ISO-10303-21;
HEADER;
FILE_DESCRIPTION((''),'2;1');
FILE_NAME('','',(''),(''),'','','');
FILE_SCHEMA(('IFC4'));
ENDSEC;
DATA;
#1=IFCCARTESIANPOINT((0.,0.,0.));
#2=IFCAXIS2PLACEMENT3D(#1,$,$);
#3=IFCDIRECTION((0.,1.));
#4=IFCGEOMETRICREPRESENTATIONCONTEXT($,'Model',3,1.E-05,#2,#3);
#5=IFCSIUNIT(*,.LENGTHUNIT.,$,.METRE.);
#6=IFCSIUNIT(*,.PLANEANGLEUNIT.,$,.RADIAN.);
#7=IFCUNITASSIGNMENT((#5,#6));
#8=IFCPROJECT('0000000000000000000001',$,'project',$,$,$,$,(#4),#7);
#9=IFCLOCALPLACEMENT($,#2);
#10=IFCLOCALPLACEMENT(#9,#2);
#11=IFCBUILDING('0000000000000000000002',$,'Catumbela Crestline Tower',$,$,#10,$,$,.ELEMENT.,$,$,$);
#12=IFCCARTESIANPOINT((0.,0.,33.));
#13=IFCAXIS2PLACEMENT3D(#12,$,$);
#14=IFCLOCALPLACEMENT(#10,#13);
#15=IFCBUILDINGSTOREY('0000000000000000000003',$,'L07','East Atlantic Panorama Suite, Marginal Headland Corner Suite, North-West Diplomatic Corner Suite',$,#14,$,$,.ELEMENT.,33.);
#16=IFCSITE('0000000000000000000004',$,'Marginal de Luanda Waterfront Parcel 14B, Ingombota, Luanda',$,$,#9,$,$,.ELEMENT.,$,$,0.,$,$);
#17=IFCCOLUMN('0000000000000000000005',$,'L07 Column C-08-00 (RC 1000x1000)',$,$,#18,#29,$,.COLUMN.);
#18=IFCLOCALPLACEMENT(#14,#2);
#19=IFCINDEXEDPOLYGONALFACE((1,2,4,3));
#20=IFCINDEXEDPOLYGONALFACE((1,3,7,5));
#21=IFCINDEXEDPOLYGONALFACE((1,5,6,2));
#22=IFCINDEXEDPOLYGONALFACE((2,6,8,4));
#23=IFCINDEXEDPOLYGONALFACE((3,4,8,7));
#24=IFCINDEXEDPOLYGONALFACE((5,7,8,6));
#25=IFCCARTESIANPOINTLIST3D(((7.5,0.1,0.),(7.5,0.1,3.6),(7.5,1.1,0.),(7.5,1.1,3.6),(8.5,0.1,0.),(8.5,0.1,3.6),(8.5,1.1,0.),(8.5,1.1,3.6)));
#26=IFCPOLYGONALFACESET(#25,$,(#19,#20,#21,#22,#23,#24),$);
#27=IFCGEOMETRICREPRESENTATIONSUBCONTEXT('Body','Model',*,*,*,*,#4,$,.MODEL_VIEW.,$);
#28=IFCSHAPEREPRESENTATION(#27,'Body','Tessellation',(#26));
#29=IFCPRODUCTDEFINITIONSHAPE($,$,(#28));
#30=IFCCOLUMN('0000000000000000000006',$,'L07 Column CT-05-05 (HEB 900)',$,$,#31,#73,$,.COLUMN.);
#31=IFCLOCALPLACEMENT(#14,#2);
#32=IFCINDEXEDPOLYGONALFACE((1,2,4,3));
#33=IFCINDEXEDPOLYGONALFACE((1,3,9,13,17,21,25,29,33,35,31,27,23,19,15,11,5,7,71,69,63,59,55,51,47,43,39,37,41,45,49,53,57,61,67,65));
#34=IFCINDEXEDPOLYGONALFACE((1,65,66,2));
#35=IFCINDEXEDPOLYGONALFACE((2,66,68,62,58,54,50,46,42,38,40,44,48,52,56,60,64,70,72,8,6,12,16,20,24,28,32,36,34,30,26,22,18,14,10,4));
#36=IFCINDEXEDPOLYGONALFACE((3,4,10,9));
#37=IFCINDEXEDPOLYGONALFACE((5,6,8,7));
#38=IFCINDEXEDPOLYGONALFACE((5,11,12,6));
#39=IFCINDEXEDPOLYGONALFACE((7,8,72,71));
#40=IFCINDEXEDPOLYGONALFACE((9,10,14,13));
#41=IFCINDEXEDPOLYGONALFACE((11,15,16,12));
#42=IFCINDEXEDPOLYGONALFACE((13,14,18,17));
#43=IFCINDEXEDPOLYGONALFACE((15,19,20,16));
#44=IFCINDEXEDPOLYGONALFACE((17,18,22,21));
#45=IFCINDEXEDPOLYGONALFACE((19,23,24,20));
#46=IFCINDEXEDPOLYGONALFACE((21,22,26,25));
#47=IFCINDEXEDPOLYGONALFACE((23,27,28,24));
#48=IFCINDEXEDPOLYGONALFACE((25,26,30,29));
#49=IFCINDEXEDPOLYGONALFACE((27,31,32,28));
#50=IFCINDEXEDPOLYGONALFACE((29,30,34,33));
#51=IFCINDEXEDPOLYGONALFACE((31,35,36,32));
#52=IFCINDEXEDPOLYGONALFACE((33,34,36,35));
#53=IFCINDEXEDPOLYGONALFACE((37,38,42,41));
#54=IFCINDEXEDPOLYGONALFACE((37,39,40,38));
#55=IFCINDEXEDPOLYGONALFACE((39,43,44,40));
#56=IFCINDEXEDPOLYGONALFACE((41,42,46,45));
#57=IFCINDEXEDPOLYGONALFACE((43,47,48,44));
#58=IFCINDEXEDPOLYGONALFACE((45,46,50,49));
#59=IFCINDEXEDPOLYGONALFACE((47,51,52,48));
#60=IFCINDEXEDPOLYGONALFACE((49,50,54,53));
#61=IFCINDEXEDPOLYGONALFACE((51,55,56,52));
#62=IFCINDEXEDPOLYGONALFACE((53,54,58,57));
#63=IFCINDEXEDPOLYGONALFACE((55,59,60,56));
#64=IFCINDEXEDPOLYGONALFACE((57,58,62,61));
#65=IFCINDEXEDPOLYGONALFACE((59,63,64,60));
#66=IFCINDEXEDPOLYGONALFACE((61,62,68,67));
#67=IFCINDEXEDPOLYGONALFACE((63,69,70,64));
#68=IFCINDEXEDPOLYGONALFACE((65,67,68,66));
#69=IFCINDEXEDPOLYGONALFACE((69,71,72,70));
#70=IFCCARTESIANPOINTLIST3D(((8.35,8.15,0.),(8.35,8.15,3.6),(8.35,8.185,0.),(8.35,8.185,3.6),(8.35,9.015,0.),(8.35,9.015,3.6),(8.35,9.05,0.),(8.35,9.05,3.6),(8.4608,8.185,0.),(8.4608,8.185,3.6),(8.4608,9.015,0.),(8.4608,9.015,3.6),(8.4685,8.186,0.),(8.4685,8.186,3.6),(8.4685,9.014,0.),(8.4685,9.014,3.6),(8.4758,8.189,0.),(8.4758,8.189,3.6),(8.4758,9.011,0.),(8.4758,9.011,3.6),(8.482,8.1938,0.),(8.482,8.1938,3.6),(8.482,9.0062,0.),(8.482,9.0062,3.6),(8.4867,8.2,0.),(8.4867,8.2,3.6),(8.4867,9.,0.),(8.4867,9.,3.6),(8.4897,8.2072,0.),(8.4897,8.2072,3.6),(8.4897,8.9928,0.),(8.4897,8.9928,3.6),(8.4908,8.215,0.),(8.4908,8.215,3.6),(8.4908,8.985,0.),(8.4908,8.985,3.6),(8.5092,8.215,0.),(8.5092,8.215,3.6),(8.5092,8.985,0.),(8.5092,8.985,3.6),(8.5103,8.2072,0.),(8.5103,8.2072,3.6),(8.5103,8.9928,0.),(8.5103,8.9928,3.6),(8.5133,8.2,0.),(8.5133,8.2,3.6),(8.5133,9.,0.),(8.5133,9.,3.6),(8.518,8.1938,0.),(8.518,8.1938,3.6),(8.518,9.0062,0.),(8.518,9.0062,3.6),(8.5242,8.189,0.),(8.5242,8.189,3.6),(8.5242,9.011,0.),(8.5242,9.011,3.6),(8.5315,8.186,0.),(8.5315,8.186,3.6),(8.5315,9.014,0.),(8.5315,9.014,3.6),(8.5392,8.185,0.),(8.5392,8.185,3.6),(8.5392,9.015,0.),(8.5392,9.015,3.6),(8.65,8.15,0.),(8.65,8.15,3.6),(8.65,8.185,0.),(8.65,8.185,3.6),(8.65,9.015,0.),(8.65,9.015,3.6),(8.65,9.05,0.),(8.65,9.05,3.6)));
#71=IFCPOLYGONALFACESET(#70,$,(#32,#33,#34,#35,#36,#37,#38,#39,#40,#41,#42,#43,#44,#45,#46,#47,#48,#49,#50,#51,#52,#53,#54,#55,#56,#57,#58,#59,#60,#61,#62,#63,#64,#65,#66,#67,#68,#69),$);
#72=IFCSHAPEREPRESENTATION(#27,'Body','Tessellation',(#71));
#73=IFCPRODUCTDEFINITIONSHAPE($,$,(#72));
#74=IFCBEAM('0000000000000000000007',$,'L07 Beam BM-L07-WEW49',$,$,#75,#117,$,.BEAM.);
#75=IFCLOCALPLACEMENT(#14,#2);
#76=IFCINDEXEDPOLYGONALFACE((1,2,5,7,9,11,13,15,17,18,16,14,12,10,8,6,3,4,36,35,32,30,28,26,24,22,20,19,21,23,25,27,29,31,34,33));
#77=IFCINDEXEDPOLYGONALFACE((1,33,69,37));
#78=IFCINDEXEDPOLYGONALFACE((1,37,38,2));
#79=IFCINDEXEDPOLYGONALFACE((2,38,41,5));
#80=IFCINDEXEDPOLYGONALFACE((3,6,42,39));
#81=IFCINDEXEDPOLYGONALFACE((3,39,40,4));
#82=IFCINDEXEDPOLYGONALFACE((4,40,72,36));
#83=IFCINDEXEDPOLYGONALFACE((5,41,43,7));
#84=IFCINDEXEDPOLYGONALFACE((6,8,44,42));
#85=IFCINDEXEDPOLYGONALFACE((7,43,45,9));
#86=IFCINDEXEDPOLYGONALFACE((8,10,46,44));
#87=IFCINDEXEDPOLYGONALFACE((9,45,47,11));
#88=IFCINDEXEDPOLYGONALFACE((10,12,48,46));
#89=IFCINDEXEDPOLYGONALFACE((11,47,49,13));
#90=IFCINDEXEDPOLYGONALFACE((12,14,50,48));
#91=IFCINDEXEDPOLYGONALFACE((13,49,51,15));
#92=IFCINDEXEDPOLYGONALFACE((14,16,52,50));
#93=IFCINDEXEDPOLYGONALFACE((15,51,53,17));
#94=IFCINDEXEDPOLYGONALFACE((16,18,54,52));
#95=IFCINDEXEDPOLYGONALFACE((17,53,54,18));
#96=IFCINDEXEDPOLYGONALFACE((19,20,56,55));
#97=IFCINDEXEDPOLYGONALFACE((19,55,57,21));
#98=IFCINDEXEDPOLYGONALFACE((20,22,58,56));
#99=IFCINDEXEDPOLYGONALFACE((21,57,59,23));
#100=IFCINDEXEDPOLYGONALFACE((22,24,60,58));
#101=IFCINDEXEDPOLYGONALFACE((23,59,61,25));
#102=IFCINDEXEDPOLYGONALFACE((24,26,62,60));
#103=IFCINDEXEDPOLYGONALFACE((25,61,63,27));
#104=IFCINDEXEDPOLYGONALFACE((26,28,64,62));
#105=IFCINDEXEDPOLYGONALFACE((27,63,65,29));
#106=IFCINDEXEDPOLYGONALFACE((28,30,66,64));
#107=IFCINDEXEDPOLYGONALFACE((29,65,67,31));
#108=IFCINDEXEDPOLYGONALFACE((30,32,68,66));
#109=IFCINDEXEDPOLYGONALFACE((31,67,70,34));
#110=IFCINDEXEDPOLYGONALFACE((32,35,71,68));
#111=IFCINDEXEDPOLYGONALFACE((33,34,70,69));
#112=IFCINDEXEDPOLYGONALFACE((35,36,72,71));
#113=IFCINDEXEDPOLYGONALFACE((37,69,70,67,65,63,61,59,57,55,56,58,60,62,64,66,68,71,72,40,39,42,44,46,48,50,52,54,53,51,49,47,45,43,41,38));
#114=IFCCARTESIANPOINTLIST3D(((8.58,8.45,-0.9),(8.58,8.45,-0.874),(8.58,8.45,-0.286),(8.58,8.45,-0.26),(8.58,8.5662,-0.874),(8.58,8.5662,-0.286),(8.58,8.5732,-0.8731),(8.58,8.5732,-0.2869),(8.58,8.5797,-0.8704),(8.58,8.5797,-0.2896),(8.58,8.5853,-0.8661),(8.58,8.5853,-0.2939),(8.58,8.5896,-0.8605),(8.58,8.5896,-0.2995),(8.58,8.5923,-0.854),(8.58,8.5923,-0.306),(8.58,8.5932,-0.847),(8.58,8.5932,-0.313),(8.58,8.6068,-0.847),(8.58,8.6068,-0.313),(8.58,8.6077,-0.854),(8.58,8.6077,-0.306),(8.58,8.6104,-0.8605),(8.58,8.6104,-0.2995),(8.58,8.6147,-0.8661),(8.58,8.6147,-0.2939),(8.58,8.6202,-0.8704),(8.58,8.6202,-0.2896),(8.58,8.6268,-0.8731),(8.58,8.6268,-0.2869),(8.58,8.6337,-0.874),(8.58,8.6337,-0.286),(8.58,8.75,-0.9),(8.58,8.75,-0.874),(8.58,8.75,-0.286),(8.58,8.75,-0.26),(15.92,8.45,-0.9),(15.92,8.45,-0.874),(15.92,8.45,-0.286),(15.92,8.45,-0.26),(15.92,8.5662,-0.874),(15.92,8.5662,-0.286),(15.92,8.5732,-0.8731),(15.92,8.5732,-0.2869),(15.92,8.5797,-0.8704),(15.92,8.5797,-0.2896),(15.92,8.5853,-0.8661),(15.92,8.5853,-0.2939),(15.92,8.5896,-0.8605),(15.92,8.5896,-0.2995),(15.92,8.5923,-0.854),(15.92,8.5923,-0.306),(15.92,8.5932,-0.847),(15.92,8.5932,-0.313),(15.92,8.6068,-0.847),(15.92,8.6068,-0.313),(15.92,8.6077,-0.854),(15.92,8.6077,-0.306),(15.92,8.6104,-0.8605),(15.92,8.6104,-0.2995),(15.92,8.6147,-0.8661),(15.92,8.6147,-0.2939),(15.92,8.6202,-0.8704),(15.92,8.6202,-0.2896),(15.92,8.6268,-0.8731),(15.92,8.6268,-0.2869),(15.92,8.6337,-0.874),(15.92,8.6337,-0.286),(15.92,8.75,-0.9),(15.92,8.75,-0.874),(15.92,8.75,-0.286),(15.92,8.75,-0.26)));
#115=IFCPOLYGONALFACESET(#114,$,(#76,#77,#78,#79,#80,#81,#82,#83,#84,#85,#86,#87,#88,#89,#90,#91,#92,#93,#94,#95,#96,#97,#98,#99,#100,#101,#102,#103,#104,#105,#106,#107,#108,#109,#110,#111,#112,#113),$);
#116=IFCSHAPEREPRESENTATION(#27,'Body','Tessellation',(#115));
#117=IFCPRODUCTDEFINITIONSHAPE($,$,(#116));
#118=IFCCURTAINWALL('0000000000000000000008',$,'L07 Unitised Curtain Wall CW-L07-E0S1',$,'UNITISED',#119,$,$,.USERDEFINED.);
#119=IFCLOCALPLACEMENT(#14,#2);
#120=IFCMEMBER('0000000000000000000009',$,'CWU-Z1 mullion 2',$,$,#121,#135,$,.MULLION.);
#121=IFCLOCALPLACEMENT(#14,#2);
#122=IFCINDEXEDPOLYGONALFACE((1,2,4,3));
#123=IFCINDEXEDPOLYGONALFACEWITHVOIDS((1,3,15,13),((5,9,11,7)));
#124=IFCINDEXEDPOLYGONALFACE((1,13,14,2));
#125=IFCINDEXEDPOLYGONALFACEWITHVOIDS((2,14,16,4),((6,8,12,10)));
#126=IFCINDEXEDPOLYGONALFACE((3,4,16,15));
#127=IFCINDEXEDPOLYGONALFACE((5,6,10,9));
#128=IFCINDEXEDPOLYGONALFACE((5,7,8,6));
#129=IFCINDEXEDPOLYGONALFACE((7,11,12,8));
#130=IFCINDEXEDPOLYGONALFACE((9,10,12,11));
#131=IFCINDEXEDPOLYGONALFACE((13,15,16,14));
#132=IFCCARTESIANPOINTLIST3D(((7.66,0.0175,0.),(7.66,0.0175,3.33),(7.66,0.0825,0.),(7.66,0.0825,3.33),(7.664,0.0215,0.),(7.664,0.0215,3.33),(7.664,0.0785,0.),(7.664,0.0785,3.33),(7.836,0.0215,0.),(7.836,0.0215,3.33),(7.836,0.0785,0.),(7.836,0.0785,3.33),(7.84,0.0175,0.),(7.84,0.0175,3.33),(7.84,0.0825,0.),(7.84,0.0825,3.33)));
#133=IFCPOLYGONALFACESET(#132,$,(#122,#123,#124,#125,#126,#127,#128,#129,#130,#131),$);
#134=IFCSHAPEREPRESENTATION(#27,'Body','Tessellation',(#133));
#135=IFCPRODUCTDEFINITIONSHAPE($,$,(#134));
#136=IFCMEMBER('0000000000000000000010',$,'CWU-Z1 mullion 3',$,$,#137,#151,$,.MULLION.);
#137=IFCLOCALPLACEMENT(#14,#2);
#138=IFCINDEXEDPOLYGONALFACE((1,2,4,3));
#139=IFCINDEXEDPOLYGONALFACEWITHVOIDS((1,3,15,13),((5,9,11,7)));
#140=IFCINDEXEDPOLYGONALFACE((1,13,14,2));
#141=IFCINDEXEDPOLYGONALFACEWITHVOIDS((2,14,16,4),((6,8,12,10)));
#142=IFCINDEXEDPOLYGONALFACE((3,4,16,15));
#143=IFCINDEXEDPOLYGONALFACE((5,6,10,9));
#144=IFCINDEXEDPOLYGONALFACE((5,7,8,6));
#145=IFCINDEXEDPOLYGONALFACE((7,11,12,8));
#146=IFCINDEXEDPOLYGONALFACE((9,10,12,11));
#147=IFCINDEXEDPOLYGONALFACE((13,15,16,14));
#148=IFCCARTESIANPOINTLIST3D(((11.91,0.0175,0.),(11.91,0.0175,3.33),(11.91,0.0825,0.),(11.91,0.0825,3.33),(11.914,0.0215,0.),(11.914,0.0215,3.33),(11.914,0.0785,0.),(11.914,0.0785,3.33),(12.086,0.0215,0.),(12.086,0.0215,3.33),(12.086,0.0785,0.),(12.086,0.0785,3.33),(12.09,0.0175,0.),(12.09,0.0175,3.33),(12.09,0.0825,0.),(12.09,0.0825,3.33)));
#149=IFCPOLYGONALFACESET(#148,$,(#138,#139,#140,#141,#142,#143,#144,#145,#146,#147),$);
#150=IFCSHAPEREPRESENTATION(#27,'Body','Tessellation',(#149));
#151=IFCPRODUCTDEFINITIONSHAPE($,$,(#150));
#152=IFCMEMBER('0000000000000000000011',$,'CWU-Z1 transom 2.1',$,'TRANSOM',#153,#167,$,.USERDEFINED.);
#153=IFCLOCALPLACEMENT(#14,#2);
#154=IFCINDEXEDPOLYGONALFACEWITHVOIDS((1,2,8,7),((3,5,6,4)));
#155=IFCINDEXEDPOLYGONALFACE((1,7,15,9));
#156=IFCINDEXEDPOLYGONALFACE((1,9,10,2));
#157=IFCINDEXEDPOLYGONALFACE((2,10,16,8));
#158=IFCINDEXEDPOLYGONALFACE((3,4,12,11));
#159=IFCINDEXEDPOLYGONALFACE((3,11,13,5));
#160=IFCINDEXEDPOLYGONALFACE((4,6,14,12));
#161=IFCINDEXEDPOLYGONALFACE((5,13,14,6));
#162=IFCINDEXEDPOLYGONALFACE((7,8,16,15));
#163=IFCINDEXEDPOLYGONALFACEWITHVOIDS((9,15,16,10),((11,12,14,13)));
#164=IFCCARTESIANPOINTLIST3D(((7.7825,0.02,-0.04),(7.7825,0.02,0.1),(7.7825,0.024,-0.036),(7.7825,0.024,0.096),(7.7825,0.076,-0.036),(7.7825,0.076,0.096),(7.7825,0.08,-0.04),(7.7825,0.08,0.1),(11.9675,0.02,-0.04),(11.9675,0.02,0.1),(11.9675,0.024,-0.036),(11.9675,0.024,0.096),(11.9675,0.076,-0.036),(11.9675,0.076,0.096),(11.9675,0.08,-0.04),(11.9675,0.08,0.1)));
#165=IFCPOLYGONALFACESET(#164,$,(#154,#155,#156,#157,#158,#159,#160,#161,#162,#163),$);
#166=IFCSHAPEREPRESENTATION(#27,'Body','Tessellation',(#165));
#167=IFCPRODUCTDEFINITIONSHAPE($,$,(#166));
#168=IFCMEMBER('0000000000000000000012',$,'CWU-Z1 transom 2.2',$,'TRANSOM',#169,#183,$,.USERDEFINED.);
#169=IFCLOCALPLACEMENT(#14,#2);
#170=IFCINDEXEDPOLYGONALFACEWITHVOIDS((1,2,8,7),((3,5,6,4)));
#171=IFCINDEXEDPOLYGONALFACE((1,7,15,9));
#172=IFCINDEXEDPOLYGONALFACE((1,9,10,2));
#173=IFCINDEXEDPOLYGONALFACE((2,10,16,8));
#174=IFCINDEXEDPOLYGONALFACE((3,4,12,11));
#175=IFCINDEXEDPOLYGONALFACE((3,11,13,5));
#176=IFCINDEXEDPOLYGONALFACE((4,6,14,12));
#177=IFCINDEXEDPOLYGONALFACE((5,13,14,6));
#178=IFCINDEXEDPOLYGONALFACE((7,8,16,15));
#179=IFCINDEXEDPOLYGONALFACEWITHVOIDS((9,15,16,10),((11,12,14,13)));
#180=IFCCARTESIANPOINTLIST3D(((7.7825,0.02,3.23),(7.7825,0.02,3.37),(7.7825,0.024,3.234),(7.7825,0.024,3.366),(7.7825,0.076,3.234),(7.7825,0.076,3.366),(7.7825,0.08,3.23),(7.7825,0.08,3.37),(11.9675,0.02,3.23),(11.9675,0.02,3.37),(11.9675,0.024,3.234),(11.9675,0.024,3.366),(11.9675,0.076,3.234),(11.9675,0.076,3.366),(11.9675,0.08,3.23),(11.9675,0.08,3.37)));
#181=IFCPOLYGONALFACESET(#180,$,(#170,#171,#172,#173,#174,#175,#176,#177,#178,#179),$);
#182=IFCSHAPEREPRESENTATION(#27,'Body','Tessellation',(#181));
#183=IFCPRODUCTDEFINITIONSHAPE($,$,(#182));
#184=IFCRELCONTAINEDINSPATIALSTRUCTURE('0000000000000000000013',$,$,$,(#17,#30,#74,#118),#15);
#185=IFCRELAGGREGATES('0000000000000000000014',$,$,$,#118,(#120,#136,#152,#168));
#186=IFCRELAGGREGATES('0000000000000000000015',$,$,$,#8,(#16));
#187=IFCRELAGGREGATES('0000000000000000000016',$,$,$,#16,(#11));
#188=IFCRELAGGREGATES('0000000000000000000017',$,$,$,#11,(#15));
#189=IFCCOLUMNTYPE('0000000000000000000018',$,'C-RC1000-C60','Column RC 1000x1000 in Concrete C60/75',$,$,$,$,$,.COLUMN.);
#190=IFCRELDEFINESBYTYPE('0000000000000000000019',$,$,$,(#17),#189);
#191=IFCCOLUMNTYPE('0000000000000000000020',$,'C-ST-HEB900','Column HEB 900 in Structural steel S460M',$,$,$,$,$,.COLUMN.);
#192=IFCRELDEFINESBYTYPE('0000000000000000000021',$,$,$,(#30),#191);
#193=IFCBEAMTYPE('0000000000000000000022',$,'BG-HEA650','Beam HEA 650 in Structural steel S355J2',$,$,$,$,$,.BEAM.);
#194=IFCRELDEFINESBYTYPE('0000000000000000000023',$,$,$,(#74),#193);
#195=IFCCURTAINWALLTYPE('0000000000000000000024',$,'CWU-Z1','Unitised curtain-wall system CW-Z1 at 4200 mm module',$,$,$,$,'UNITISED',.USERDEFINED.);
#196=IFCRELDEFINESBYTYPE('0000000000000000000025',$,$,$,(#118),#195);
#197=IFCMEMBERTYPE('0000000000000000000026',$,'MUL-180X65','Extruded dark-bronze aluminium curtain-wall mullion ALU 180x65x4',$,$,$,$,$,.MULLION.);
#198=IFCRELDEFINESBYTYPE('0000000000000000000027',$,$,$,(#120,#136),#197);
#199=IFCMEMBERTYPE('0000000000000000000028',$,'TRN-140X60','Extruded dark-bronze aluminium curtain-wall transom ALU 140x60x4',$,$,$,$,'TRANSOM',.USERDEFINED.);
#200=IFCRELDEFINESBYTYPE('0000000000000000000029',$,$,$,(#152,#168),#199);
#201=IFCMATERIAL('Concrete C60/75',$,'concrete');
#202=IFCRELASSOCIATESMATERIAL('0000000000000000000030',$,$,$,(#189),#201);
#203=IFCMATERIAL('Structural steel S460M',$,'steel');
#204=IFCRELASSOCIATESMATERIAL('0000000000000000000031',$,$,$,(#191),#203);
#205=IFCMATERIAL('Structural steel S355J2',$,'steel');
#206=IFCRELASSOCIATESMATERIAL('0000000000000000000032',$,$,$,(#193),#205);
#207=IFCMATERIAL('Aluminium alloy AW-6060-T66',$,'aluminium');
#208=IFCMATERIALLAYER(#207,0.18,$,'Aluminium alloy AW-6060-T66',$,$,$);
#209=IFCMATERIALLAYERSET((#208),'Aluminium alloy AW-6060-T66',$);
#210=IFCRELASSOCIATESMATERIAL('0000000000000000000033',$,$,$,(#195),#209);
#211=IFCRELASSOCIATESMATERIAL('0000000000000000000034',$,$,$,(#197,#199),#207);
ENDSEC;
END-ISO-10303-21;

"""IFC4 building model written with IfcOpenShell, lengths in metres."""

from ifc_helpers import new_model, si_unit, direction, frame, origin, origin_2d, place, context, subcontext, project, spatial, rectangle, hollow_rectangle, i_section, extrude, material, layer, layer_set, material_profile, profile_set, type_object, element, aggregate, save


model = new_model("IFC4")

# Units and contexts
model_context = context("Model", 3, precision=1e-05, world=origin(), true_north=direction((0.0, 1.0)))
body_context = subcontext(model_context, "Body", "Model", "MODEL_VIEW")
ifc_project = project(units=[si_unit("LENGTHUNIT", "METRE"), si_unit("PLANEANGLEUNIT", "RADIAN")], contexts=[model_context])

# Site, building, storey
site_placement = place(None, origin())
site = spatial("IfcSite", under=ifc_project, at=site_placement, Name="Marginal de Luanda Waterfront Parcel 14B, Ingombota, Luanda", CompositionType="ELEMENT", RefElevation=0.0)
building_placement = place(site_placement, origin())
building = spatial("IfcBuilding", under=site, at=building_placement, Name="Catumbela Crestline Tower", CompositionType="ELEMENT")
storey_placement = place(building_placement, frame((0.0, 0.0, 33.0)))
storey = spatial("IfcBuildingStorey", under=building, at=storey_placement, Name="L07", Description="East Atlantic Panorama Suite, Marginal Headland Corner Suite, North-West Diplomatic Corner Suite", CompositionType="ELEMENT", Elevation=33.0)

# Columns
ifc_material_1 = material(Name="Concrete C60/75", Category="concrete")
ifc_material_profile_1 = material_profile(ifc_material_1, rectangle(XDim=1.0, YDim=1.0, at=origin_2d()), Name="RC 1000x1000")
ifc_profile_set_1 = profile_set([ifc_material_profile_1], Name="Concrete C60/75")
column_type_1 = type_object("IfcColumnType", Name="C-RC1000-C60", Description="Column RC 1000x1000 in Concrete C60/75", PredefinedType="COLUMN", material=ifc_profile_set_1)
column_1_placement = place(storey_placement, frame((8.0, 0.6, 0.0), z_axis=(0.0, 0.0, 1.0), x_axis=(1.0, 0.0, 0.0)))
element("IfcColumn", 1, at=column_1_placement, inside=storey, type_object=column_type_1, Name="L07 Column C-08-00 (RC 1000x1000)", PredefinedType="COLUMN", context=body_context, shape_type="SweptSolid", body=[
    extrude(rectangle(XDim=1.0, YDim=1.0, at=origin_2d()), origin(), (0.0, 0.0, 1.0), 3.6),
])
ifc_material_2 = material(Name="Structural steel S460M", Category="steel")
ifc_material_profile_2 = material_profile(ifc_material_2, i_section(OverallWidth=0.3, OverallDepth=0.9, WebThickness=0.0185, FlangeThickness=0.035, FilletRadius=0.03, at=origin_2d()), Name="HEB 900")
ifc_profile_set_2 = profile_set([ifc_material_profile_2], Name="Structural steel S460M")
column_type_2 = type_object("IfcColumnType", Name="C-ST-HEB900", Description="Column HEB 900 in Structural steel S460M", PredefinedType="COLUMN", material=ifc_profile_set_2)
column_2_placement = place(storey_placement, frame((8.5, 8.6, 0.0), z_axis=(0.0, 0.0, 1.0), x_axis=(1.0, 0.0, 0.0)))
element("IfcColumn", 2, at=column_2_placement, inside=storey, type_object=column_type_2, Name="L07 Column CT-05-05 (HEB 900)", PredefinedType="COLUMN", context=body_context, shape_type="SweptSolid", body=[
    extrude(i_section(OverallWidth=0.3, OverallDepth=0.9, WebThickness=0.0185, FlangeThickness=0.035, FilletRadius=0.03, at=origin_2d()), origin(), (0.0, 0.0, 1.0), 3.6),
])

# Beam
ifc_material_3 = material(Name="Structural steel S355J2", Category="steel")
ifc_material_profile_3 = material_profile(ifc_material_3, i_section(OverallWidth=0.3, OverallDepth=0.64, WebThickness=0.0135, FlangeThickness=0.026, FilletRadius=0.027, at=origin_2d()), Name="HEA 650")
ifc_profile_set_3 = profile_set([ifc_material_profile_3], Name="Structural steel S355J2")
beam_type = type_object("IfcBeamType", Name="BG-HEA650", Description="Beam HEA 650 in Structural steel S355J2", PredefinedType="BEAM", material=ifc_profile_set_3)
beam_placement = place(storey_placement, frame((8.58, 8.6, -0.58), z_axis=(1.0, 0.0, 0.0), x_axis=(0.0, 1.0, 0.0)))
element("IfcBeam", 3, at=beam_placement, inside=storey, type_object=beam_type, Name="L07 Beam BM-L07-WEW49", PredefinedType="BEAM", context=body_context, shape_type="SweptSolid", body=[
    extrude(i_section(OverallWidth=0.3, OverallDepth=0.64, WebThickness=0.0135, FlangeThickness=0.026, FilletRadius=0.027, at=origin_2d()), origin(), (0.0, 0.0, 1.0), 7.34),
])

# Curtain wall, members
ifc_material_4 = material(Name="Aluminium alloy AW-6060-T66", Category="aluminium")
ifc_layer_1 = layer(ifc_material_4, 0.18, Name="Aluminium alloy AW-6060-T66")
ifc_layer_set_1 = layer_set([ifc_layer_1], Name="Aluminium alloy AW-6060-T66")
curtain_wall_type = type_object("IfcCurtainWallType", Name="CWU-Z1", Description="Unitised curtain-wall system CW-Z1 at 4200 mm module", ElementType="UNITISED", PredefinedType="USERDEFINED", material=ifc_layer_set_1)
curtain_wall_placement = place(storey_placement, origin())
curtain_wall = element("IfcCurtainWall", 4, at=curtain_wall_placement, inside=storey, type_object=curtain_wall_type, Name="L07 Unitised Curtain Wall CW-L07-E0S1", ObjectType="UNITISED", PredefinedType="USERDEFINED")
ifc_material_profile_4 = material_profile(ifc_material_4, hollow_rectangle(XDim=0.065, YDim=0.18, WallThickness=0.004, at=origin_2d()), Name="ALU 180x65x4")
ifc_profile_set_4 = profile_set([ifc_material_profile_4], Name="Aluminium alloy AW-6060-T66")
member_type_1 = type_object("IfcMemberType", Name="MUL-180X65", Description="Extruded dark-bronze aluminium curtain-wall mullion ALU 180x65x4", PredefinedType="MULLION", material=ifc_profile_set_4)
member_1_placement = place(storey_placement, frame((7.75, 0.05, 0.0), z_axis=(0.0, 0.0, 1.0), x_axis=(0.0, 1.0, 0.0)))
member_1 = element("IfcMember", 5, at=member_1_placement, type_object=member_type_1, Name="CWU-Z1 mullion 2", PredefinedType="MULLION", context=body_context, shape_type="SweptSolid", body=[
    extrude(hollow_rectangle(XDim=0.065, YDim=0.18, WallThickness=0.004, at=origin_2d()), origin(), (0.0, 0.0, 1.0), 3.33),
])
member_2_placement = place(storey_placement, frame((12.0, 0.05, 0.0), z_axis=(0.0, 0.0, 1.0), x_axis=(0.0, 1.0, 0.0)))
member_2 = element("IfcMember", 6, at=member_2_placement, type_object=member_type_1, Name="CWU-Z1 mullion 3", PredefinedType="MULLION", context=body_context, shape_type="SweptSolid", body=[
    extrude(hollow_rectangle(XDim=0.065, YDim=0.18, WallThickness=0.004, at=origin_2d()), origin(), (0.0, 0.0, 1.0), 3.33),
])
ifc_material_profile_5 = material_profile(ifc_material_4, hollow_rectangle(XDim=0.06, YDim=0.14, WallThickness=0.004, at=origin_2d()), Name="ALU 140x60x4")
ifc_profile_set_5 = profile_set([ifc_material_profile_5], Name="Aluminium alloy AW-6060-T66")
member_type_2 = type_object("IfcMemberType", Name="TRN-140X60", Description="Extruded dark-bronze aluminium curtain-wall transom ALU 140x60x4", ElementType="TRANSOM", PredefinedType="USERDEFINED", material=ifc_profile_set_5)
member_3_placement = place(storey_placement, frame((7.7825, 0.05, 0.03), z_axis=(1.0, 0.0, 0.0), x_axis=(0.0, 1.0, 0.0)))
member_3 = element("IfcMember", 7, at=member_3_placement, type_object=member_type_2, Name="CWU-Z1 transom 2.1", ObjectType="TRANSOM", PredefinedType="USERDEFINED", context=body_context, shape_type="SweptSolid", body=[
    extrude(hollow_rectangle(XDim=0.06, YDim=0.14, WallThickness=0.004, at=origin_2d()), origin(), (0.0, 0.0, 1.0), 4.185),
])
member_4_placement = place(storey_placement, frame((7.7825, 0.05, 3.3), z_axis=(1.0, 0.0, 0.0), x_axis=(0.0, 1.0, 0.0)))
member_4 = element("IfcMember", 8, at=member_4_placement, type_object=member_type_2, Name="CWU-Z1 transom 2.2", ObjectType="TRANSOM", PredefinedType="USERDEFINED", context=body_context, shape_type="SweptSolid", body=[
    extrude(hollow_rectangle(XDim=0.06, YDim=0.14, WallThickness=0.004, at=origin_2d()), origin(), (0.0, 0.0, 1.0), 4.185),
])
aggregate(curtain_wall, [member_1, member_2, member_3, member_4])

save(model, "model.ifc")
